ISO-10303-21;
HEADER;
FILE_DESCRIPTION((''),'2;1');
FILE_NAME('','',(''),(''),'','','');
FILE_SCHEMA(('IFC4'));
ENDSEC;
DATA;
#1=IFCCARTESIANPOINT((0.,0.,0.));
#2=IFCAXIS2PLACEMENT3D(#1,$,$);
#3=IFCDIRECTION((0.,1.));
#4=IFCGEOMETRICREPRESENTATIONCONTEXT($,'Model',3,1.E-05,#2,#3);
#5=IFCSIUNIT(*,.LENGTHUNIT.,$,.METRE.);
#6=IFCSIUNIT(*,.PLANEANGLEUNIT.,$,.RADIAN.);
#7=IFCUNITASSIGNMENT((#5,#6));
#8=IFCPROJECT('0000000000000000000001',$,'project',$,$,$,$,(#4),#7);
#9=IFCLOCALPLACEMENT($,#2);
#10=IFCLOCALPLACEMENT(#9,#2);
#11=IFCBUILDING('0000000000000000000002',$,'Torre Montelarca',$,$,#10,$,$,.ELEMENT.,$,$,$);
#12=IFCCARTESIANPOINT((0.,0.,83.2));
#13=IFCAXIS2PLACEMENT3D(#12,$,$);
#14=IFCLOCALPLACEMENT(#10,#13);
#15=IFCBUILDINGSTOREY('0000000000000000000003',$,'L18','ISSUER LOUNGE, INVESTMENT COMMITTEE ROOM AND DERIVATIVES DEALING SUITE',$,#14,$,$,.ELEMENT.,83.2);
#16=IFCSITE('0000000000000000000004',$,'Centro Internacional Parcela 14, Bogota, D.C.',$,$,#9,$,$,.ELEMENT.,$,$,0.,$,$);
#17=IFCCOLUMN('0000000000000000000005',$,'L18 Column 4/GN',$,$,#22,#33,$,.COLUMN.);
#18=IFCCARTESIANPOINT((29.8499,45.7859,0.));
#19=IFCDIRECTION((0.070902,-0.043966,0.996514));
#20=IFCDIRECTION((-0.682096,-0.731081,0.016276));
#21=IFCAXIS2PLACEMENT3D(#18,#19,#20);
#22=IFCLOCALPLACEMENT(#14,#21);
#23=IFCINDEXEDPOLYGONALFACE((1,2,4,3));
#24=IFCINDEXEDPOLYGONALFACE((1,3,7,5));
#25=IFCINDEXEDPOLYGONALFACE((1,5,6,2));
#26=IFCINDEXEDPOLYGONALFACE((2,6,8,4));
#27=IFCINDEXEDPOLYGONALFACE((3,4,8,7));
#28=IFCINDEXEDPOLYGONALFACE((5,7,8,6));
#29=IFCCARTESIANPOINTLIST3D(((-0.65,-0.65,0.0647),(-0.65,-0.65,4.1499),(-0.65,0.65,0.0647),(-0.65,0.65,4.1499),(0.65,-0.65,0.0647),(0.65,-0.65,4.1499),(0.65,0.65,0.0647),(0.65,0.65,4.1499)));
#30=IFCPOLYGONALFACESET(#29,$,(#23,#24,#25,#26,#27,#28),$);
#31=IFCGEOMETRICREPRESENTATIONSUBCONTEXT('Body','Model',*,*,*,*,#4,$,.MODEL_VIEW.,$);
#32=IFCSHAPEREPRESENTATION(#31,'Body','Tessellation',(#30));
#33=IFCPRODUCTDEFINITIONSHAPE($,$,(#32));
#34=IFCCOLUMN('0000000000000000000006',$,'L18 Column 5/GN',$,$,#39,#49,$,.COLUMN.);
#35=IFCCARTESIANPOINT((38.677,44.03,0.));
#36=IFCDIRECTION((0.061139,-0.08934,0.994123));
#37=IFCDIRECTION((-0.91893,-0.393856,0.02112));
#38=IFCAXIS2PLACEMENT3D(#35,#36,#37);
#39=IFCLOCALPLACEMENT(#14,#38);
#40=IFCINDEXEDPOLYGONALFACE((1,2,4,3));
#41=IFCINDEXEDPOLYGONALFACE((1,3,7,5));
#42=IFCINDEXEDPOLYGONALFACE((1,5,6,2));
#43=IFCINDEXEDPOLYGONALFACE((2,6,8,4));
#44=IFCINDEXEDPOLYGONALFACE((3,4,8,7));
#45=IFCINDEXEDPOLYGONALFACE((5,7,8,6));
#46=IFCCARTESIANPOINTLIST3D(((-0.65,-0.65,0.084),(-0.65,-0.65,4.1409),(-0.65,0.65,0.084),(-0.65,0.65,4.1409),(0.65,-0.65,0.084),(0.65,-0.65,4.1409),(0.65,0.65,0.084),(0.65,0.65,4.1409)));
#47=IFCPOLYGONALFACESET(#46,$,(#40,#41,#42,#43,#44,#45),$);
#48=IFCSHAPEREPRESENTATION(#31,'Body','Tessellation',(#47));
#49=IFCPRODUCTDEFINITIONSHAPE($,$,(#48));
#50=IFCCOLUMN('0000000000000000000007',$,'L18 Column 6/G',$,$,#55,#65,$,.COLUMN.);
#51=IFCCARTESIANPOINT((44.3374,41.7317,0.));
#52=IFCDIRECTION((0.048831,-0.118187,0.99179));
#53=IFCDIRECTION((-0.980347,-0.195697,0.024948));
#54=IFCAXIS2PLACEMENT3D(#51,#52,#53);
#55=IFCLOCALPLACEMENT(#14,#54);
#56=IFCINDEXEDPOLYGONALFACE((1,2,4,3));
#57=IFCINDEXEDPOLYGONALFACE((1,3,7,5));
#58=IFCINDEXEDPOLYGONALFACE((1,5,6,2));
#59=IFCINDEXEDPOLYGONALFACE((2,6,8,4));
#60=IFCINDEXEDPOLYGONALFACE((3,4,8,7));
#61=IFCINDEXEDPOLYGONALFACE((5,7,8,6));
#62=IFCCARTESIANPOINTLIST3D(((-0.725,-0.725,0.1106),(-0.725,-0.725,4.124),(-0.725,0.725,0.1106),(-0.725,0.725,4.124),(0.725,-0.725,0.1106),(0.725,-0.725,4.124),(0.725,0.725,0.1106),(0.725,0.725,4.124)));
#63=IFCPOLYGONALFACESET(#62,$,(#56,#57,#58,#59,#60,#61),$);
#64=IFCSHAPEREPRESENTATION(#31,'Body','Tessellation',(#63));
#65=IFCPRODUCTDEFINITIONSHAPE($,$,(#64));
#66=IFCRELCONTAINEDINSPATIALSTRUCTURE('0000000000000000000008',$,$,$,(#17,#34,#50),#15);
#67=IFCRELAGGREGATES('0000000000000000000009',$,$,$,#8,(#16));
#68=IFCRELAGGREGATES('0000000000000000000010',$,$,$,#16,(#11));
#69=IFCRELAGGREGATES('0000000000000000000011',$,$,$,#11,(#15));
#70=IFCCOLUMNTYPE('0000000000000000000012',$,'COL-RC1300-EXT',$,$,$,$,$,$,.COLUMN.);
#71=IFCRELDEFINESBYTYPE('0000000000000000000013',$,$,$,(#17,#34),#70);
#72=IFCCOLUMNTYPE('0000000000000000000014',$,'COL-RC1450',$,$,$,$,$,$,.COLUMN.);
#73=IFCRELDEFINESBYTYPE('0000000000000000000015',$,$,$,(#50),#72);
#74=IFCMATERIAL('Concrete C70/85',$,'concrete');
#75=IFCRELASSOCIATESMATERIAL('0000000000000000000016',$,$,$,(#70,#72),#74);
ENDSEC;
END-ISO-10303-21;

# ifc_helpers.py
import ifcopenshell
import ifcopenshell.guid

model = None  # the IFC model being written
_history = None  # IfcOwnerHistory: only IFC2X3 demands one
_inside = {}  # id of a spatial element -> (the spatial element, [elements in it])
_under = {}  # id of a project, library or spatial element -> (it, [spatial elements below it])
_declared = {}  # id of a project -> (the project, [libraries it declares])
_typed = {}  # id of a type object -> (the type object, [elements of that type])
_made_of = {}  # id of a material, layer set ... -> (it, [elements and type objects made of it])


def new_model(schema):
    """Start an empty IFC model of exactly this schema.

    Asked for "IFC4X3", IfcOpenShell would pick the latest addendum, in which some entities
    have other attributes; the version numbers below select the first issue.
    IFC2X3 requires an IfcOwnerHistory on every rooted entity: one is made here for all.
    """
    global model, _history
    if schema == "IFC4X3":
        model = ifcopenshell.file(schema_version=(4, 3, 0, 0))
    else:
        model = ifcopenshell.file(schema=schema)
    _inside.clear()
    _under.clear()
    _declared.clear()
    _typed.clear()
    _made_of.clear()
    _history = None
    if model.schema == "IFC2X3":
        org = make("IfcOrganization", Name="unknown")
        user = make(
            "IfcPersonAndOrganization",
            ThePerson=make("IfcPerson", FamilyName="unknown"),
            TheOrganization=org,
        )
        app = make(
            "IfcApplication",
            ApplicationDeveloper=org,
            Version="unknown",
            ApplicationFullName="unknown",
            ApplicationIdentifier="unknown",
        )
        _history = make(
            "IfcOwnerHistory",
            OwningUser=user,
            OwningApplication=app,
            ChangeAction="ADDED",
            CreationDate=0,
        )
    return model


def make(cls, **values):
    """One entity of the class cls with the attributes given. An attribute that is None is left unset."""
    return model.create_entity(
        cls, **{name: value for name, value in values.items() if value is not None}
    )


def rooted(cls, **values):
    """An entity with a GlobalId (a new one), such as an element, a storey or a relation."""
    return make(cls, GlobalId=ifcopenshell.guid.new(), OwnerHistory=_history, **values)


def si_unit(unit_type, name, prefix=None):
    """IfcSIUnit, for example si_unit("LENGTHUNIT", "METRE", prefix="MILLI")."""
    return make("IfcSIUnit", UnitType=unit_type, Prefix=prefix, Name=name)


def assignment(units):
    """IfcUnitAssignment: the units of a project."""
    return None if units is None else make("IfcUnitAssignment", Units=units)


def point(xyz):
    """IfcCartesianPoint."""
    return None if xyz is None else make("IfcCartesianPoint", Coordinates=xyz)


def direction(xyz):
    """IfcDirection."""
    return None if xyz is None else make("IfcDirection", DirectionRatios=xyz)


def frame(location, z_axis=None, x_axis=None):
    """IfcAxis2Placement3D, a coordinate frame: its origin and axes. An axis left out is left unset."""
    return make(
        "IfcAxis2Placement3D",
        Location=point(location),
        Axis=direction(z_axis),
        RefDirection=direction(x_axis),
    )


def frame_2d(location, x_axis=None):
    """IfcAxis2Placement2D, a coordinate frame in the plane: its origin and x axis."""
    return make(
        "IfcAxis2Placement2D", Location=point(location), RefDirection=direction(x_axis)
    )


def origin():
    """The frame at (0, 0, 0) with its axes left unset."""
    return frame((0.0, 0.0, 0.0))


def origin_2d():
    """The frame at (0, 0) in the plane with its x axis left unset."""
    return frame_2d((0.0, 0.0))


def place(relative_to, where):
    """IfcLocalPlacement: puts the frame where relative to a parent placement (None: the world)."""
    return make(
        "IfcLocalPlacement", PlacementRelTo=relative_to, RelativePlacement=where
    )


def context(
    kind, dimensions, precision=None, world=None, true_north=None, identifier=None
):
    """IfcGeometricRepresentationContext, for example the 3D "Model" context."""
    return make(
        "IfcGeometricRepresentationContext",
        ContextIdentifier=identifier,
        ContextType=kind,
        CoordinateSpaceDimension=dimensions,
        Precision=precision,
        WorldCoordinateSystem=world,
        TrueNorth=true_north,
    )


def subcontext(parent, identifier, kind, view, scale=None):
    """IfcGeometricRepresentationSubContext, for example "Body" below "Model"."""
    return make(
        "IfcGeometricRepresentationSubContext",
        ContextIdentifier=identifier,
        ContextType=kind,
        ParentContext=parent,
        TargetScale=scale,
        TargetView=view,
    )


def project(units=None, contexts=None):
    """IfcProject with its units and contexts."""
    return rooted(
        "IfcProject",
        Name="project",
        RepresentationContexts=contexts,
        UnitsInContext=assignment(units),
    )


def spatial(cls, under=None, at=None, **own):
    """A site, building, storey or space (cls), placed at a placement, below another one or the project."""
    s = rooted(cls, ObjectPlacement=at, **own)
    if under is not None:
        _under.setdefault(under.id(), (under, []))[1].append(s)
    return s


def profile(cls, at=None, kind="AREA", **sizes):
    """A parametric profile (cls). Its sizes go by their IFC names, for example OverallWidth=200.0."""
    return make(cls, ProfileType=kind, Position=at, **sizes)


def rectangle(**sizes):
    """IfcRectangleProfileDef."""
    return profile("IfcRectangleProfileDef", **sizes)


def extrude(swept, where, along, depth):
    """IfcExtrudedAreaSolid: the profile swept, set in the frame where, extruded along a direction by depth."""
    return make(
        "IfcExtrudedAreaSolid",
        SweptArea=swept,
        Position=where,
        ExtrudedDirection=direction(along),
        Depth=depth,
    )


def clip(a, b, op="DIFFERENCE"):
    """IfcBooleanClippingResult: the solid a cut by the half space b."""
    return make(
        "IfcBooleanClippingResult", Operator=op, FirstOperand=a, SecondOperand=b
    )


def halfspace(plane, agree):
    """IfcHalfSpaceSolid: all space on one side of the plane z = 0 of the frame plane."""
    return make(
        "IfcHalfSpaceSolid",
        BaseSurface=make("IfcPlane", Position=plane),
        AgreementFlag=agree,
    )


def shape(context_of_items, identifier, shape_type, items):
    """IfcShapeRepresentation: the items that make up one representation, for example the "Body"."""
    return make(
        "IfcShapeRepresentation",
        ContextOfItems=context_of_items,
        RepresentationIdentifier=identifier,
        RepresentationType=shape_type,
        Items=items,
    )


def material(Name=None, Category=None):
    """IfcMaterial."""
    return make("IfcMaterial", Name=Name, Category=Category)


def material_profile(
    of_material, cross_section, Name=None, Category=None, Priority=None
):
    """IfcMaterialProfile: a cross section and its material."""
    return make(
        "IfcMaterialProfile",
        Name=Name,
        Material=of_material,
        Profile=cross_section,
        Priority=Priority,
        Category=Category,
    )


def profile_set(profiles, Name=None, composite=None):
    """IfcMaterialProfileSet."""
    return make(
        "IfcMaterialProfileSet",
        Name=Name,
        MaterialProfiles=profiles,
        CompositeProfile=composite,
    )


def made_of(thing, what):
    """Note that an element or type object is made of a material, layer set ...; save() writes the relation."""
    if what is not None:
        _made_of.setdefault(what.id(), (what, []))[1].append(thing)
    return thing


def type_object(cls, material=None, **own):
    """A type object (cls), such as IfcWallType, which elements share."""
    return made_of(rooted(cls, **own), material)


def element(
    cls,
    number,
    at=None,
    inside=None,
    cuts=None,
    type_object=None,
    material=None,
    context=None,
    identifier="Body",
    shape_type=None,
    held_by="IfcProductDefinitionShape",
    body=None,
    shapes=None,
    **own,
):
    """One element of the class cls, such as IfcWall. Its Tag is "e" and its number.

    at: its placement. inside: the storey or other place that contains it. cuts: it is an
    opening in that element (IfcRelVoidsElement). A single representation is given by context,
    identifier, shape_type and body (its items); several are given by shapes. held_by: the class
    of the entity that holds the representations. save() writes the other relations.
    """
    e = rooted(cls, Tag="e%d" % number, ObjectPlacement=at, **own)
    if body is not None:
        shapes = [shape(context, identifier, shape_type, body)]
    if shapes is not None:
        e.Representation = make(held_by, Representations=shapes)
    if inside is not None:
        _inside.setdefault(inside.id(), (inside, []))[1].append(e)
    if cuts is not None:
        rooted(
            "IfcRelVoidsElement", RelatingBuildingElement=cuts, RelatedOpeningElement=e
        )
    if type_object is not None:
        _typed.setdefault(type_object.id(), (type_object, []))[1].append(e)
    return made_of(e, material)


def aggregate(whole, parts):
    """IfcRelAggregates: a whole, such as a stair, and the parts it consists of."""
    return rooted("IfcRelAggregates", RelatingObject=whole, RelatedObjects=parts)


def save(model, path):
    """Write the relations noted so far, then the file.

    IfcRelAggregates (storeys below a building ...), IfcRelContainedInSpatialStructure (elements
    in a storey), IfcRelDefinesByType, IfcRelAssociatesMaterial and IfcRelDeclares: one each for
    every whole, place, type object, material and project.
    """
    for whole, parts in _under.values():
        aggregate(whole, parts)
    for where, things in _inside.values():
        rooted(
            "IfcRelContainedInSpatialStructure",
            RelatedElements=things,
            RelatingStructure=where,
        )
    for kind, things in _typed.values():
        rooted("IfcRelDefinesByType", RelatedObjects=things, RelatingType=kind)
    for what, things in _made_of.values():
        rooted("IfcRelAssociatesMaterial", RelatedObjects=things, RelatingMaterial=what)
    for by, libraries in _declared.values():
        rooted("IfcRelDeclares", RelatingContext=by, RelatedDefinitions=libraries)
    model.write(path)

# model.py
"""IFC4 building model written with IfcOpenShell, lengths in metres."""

from ifc_helpers import new_model, si_unit, direction, frame, origin, origin_2d, place, context, subcontext, project, spatial, rectangle, extrude, clip, halfspace, material, material_profile, profile_set, type_object, element, save


model = new_model("IFC4")

# Units and contexts
model_context = context("Model", 3, precision=1e-05, world=origin(), true_north=direction((0.0, 1.0)))
body_context = subcontext(model_context, "Body", "Model", "MODEL_VIEW")
ifc_project = project(units=[si_unit("LENGTHUNIT", "METRE"), si_unit("PLANEANGLEUNIT", "RADIAN")], contexts=[model_context])

# Site, building, storey
site_placement = place(None, origin())
site = spatial("IfcSite", under=ifc_project, at=site_placement, Name="Centro Internacional Parcela 14, Bogota, D.C.", CompositionType="ELEMENT", RefElevation=0.0)
building_placement = place(site_placement, origin())
building = spatial("IfcBuilding", under=site, at=building_placement, Name="Torre Montelarca", CompositionType="ELEMENT")
storey_placement = place(building_placement, frame((0.0, 0.0, 83.2)))
storey = spatial("IfcBuildingStorey", under=building, at=storey_placement, Name="L18", Description="ISSUER LOUNGE, INVESTMENT COMMITTEE ROOM AND DERIVATIVES DEALING SUITE", CompositionType="ELEMENT", Elevation=83.2)

# Columns
ifc_material_1 = material(Name="Concrete C70/85", Category="concrete")
ifc_material_profile_1 = material_profile(ifc_material_1, rectangle(XDim=1.3, YDim=1.3, at=origin_2d()), Name="RC1300X1300", Category="concrete")
ifc_profile_set_1 = profile_set([ifc_material_profile_1], Name="Concrete C70/85")
column_type_1 = type_object("IfcColumnType", Name="COL-RC1300-EXT", PredefinedType="COLUMN", material=ifc_profile_set_1)
column_1_placement = place(storey_placement, frame((29.8499, 45.7859, 0.0), z_axis=(0.070902, -0.043966, 0.996514), x_axis=(-0.682096, -0.731081, 0.016276)))
element("IfcColumn", 1, at=column_1_placement, inside=storey, type_object=column_type_1, Name="L18 Column 4/GN", PredefinedType="COLUMN", context=body_context, shape_type="Clipping", body=[
    clip(clip(extrude(rectangle(XDim=1.3, YDim=1.3, at=origin_2d()), origin(), (0.0, 0.0, 1.0), 4.2146), halfspace(frame((0.0, 0.0, 0.0647), z_axis=(0.0, 0.0, -1.0), x_axis=(1.0, 0.0, 0.0)), False)), halfspace(frame((0.0, 0.0, 4.1499), z_axis=(0.0, 0.0, 1.0), x_axis=(1.0, 0.0, 0.0)), False)),
])
column_2_placement = place(storey_placement, frame((38.677, 44.03, 0.0), z_axis=(0.061139, -0.08934, 0.994123), x_axis=(-0.91893, -0.393856, 0.02112)))
element("IfcColumn", 2, at=column_2_placement, inside=storey, type_object=column_type_1, Name="L18 Column 5/GN", PredefinedType="COLUMN", context=body_context, shape_type="Clipping", body=[
    clip(clip(extrude(rectangle(XDim=1.3, YDim=1.3, at=origin_2d()), origin(), (0.0, 0.0, 1.0), 4.2249), halfspace(frame((0.0, 0.0, 0.084), z_axis=(0.0, 0.0, -1.0), x_axis=(1.0, 0.0, 0.0)), False)), halfspace(frame((0.0, 0.0, 4.1409), z_axis=(0.0, 0.0, 1.0), x_axis=(1.0, 0.0, 0.0)), False)),
])
ifc_material_profile_2 = material_profile(ifc_material_1, rectangle(XDim=1.45, YDim=1.45, at=origin_2d()), Name="RC1450X1450", Category="concrete")
ifc_profile_set_2 = profile_set([ifc_material_profile_2], Name="Concrete C70/85")
column_type_2 = type_object("IfcColumnType", Name="COL-RC1450", PredefinedType="COLUMN", material=ifc_profile_set_2)
column_3_placement = place(storey_placement, frame((44.3374, 41.7317, 0.0), z_axis=(0.048831, -0.118187, 0.99179), x_axis=(-0.980347, -0.195697, 0.024948)))
element("IfcColumn", 3, at=column_3_placement, inside=storey, type_object=column_type_2, Name="L18 Column 6/G", PredefinedType="COLUMN", context=body_context, shape_type="Clipping", body=[
    clip(clip(extrude(rectangle(XDim=1.45, YDim=1.45, at=origin_2d()), origin(), (0.0, 0.0, 1.0), 4.2346), halfspace(frame((0.0, 0.0, 0.1106), z_axis=(0.0, 0.0, -1.0), x_axis=(1.0, 0.0, 0.0)), False)), halfspace(frame((0.0, 0.0, 4.124), z_axis=(0.0, 0.0, 1.0), x_axis=(1.0, 0.0, 0.0)), False)),
])

save(model, "model.ifc")
